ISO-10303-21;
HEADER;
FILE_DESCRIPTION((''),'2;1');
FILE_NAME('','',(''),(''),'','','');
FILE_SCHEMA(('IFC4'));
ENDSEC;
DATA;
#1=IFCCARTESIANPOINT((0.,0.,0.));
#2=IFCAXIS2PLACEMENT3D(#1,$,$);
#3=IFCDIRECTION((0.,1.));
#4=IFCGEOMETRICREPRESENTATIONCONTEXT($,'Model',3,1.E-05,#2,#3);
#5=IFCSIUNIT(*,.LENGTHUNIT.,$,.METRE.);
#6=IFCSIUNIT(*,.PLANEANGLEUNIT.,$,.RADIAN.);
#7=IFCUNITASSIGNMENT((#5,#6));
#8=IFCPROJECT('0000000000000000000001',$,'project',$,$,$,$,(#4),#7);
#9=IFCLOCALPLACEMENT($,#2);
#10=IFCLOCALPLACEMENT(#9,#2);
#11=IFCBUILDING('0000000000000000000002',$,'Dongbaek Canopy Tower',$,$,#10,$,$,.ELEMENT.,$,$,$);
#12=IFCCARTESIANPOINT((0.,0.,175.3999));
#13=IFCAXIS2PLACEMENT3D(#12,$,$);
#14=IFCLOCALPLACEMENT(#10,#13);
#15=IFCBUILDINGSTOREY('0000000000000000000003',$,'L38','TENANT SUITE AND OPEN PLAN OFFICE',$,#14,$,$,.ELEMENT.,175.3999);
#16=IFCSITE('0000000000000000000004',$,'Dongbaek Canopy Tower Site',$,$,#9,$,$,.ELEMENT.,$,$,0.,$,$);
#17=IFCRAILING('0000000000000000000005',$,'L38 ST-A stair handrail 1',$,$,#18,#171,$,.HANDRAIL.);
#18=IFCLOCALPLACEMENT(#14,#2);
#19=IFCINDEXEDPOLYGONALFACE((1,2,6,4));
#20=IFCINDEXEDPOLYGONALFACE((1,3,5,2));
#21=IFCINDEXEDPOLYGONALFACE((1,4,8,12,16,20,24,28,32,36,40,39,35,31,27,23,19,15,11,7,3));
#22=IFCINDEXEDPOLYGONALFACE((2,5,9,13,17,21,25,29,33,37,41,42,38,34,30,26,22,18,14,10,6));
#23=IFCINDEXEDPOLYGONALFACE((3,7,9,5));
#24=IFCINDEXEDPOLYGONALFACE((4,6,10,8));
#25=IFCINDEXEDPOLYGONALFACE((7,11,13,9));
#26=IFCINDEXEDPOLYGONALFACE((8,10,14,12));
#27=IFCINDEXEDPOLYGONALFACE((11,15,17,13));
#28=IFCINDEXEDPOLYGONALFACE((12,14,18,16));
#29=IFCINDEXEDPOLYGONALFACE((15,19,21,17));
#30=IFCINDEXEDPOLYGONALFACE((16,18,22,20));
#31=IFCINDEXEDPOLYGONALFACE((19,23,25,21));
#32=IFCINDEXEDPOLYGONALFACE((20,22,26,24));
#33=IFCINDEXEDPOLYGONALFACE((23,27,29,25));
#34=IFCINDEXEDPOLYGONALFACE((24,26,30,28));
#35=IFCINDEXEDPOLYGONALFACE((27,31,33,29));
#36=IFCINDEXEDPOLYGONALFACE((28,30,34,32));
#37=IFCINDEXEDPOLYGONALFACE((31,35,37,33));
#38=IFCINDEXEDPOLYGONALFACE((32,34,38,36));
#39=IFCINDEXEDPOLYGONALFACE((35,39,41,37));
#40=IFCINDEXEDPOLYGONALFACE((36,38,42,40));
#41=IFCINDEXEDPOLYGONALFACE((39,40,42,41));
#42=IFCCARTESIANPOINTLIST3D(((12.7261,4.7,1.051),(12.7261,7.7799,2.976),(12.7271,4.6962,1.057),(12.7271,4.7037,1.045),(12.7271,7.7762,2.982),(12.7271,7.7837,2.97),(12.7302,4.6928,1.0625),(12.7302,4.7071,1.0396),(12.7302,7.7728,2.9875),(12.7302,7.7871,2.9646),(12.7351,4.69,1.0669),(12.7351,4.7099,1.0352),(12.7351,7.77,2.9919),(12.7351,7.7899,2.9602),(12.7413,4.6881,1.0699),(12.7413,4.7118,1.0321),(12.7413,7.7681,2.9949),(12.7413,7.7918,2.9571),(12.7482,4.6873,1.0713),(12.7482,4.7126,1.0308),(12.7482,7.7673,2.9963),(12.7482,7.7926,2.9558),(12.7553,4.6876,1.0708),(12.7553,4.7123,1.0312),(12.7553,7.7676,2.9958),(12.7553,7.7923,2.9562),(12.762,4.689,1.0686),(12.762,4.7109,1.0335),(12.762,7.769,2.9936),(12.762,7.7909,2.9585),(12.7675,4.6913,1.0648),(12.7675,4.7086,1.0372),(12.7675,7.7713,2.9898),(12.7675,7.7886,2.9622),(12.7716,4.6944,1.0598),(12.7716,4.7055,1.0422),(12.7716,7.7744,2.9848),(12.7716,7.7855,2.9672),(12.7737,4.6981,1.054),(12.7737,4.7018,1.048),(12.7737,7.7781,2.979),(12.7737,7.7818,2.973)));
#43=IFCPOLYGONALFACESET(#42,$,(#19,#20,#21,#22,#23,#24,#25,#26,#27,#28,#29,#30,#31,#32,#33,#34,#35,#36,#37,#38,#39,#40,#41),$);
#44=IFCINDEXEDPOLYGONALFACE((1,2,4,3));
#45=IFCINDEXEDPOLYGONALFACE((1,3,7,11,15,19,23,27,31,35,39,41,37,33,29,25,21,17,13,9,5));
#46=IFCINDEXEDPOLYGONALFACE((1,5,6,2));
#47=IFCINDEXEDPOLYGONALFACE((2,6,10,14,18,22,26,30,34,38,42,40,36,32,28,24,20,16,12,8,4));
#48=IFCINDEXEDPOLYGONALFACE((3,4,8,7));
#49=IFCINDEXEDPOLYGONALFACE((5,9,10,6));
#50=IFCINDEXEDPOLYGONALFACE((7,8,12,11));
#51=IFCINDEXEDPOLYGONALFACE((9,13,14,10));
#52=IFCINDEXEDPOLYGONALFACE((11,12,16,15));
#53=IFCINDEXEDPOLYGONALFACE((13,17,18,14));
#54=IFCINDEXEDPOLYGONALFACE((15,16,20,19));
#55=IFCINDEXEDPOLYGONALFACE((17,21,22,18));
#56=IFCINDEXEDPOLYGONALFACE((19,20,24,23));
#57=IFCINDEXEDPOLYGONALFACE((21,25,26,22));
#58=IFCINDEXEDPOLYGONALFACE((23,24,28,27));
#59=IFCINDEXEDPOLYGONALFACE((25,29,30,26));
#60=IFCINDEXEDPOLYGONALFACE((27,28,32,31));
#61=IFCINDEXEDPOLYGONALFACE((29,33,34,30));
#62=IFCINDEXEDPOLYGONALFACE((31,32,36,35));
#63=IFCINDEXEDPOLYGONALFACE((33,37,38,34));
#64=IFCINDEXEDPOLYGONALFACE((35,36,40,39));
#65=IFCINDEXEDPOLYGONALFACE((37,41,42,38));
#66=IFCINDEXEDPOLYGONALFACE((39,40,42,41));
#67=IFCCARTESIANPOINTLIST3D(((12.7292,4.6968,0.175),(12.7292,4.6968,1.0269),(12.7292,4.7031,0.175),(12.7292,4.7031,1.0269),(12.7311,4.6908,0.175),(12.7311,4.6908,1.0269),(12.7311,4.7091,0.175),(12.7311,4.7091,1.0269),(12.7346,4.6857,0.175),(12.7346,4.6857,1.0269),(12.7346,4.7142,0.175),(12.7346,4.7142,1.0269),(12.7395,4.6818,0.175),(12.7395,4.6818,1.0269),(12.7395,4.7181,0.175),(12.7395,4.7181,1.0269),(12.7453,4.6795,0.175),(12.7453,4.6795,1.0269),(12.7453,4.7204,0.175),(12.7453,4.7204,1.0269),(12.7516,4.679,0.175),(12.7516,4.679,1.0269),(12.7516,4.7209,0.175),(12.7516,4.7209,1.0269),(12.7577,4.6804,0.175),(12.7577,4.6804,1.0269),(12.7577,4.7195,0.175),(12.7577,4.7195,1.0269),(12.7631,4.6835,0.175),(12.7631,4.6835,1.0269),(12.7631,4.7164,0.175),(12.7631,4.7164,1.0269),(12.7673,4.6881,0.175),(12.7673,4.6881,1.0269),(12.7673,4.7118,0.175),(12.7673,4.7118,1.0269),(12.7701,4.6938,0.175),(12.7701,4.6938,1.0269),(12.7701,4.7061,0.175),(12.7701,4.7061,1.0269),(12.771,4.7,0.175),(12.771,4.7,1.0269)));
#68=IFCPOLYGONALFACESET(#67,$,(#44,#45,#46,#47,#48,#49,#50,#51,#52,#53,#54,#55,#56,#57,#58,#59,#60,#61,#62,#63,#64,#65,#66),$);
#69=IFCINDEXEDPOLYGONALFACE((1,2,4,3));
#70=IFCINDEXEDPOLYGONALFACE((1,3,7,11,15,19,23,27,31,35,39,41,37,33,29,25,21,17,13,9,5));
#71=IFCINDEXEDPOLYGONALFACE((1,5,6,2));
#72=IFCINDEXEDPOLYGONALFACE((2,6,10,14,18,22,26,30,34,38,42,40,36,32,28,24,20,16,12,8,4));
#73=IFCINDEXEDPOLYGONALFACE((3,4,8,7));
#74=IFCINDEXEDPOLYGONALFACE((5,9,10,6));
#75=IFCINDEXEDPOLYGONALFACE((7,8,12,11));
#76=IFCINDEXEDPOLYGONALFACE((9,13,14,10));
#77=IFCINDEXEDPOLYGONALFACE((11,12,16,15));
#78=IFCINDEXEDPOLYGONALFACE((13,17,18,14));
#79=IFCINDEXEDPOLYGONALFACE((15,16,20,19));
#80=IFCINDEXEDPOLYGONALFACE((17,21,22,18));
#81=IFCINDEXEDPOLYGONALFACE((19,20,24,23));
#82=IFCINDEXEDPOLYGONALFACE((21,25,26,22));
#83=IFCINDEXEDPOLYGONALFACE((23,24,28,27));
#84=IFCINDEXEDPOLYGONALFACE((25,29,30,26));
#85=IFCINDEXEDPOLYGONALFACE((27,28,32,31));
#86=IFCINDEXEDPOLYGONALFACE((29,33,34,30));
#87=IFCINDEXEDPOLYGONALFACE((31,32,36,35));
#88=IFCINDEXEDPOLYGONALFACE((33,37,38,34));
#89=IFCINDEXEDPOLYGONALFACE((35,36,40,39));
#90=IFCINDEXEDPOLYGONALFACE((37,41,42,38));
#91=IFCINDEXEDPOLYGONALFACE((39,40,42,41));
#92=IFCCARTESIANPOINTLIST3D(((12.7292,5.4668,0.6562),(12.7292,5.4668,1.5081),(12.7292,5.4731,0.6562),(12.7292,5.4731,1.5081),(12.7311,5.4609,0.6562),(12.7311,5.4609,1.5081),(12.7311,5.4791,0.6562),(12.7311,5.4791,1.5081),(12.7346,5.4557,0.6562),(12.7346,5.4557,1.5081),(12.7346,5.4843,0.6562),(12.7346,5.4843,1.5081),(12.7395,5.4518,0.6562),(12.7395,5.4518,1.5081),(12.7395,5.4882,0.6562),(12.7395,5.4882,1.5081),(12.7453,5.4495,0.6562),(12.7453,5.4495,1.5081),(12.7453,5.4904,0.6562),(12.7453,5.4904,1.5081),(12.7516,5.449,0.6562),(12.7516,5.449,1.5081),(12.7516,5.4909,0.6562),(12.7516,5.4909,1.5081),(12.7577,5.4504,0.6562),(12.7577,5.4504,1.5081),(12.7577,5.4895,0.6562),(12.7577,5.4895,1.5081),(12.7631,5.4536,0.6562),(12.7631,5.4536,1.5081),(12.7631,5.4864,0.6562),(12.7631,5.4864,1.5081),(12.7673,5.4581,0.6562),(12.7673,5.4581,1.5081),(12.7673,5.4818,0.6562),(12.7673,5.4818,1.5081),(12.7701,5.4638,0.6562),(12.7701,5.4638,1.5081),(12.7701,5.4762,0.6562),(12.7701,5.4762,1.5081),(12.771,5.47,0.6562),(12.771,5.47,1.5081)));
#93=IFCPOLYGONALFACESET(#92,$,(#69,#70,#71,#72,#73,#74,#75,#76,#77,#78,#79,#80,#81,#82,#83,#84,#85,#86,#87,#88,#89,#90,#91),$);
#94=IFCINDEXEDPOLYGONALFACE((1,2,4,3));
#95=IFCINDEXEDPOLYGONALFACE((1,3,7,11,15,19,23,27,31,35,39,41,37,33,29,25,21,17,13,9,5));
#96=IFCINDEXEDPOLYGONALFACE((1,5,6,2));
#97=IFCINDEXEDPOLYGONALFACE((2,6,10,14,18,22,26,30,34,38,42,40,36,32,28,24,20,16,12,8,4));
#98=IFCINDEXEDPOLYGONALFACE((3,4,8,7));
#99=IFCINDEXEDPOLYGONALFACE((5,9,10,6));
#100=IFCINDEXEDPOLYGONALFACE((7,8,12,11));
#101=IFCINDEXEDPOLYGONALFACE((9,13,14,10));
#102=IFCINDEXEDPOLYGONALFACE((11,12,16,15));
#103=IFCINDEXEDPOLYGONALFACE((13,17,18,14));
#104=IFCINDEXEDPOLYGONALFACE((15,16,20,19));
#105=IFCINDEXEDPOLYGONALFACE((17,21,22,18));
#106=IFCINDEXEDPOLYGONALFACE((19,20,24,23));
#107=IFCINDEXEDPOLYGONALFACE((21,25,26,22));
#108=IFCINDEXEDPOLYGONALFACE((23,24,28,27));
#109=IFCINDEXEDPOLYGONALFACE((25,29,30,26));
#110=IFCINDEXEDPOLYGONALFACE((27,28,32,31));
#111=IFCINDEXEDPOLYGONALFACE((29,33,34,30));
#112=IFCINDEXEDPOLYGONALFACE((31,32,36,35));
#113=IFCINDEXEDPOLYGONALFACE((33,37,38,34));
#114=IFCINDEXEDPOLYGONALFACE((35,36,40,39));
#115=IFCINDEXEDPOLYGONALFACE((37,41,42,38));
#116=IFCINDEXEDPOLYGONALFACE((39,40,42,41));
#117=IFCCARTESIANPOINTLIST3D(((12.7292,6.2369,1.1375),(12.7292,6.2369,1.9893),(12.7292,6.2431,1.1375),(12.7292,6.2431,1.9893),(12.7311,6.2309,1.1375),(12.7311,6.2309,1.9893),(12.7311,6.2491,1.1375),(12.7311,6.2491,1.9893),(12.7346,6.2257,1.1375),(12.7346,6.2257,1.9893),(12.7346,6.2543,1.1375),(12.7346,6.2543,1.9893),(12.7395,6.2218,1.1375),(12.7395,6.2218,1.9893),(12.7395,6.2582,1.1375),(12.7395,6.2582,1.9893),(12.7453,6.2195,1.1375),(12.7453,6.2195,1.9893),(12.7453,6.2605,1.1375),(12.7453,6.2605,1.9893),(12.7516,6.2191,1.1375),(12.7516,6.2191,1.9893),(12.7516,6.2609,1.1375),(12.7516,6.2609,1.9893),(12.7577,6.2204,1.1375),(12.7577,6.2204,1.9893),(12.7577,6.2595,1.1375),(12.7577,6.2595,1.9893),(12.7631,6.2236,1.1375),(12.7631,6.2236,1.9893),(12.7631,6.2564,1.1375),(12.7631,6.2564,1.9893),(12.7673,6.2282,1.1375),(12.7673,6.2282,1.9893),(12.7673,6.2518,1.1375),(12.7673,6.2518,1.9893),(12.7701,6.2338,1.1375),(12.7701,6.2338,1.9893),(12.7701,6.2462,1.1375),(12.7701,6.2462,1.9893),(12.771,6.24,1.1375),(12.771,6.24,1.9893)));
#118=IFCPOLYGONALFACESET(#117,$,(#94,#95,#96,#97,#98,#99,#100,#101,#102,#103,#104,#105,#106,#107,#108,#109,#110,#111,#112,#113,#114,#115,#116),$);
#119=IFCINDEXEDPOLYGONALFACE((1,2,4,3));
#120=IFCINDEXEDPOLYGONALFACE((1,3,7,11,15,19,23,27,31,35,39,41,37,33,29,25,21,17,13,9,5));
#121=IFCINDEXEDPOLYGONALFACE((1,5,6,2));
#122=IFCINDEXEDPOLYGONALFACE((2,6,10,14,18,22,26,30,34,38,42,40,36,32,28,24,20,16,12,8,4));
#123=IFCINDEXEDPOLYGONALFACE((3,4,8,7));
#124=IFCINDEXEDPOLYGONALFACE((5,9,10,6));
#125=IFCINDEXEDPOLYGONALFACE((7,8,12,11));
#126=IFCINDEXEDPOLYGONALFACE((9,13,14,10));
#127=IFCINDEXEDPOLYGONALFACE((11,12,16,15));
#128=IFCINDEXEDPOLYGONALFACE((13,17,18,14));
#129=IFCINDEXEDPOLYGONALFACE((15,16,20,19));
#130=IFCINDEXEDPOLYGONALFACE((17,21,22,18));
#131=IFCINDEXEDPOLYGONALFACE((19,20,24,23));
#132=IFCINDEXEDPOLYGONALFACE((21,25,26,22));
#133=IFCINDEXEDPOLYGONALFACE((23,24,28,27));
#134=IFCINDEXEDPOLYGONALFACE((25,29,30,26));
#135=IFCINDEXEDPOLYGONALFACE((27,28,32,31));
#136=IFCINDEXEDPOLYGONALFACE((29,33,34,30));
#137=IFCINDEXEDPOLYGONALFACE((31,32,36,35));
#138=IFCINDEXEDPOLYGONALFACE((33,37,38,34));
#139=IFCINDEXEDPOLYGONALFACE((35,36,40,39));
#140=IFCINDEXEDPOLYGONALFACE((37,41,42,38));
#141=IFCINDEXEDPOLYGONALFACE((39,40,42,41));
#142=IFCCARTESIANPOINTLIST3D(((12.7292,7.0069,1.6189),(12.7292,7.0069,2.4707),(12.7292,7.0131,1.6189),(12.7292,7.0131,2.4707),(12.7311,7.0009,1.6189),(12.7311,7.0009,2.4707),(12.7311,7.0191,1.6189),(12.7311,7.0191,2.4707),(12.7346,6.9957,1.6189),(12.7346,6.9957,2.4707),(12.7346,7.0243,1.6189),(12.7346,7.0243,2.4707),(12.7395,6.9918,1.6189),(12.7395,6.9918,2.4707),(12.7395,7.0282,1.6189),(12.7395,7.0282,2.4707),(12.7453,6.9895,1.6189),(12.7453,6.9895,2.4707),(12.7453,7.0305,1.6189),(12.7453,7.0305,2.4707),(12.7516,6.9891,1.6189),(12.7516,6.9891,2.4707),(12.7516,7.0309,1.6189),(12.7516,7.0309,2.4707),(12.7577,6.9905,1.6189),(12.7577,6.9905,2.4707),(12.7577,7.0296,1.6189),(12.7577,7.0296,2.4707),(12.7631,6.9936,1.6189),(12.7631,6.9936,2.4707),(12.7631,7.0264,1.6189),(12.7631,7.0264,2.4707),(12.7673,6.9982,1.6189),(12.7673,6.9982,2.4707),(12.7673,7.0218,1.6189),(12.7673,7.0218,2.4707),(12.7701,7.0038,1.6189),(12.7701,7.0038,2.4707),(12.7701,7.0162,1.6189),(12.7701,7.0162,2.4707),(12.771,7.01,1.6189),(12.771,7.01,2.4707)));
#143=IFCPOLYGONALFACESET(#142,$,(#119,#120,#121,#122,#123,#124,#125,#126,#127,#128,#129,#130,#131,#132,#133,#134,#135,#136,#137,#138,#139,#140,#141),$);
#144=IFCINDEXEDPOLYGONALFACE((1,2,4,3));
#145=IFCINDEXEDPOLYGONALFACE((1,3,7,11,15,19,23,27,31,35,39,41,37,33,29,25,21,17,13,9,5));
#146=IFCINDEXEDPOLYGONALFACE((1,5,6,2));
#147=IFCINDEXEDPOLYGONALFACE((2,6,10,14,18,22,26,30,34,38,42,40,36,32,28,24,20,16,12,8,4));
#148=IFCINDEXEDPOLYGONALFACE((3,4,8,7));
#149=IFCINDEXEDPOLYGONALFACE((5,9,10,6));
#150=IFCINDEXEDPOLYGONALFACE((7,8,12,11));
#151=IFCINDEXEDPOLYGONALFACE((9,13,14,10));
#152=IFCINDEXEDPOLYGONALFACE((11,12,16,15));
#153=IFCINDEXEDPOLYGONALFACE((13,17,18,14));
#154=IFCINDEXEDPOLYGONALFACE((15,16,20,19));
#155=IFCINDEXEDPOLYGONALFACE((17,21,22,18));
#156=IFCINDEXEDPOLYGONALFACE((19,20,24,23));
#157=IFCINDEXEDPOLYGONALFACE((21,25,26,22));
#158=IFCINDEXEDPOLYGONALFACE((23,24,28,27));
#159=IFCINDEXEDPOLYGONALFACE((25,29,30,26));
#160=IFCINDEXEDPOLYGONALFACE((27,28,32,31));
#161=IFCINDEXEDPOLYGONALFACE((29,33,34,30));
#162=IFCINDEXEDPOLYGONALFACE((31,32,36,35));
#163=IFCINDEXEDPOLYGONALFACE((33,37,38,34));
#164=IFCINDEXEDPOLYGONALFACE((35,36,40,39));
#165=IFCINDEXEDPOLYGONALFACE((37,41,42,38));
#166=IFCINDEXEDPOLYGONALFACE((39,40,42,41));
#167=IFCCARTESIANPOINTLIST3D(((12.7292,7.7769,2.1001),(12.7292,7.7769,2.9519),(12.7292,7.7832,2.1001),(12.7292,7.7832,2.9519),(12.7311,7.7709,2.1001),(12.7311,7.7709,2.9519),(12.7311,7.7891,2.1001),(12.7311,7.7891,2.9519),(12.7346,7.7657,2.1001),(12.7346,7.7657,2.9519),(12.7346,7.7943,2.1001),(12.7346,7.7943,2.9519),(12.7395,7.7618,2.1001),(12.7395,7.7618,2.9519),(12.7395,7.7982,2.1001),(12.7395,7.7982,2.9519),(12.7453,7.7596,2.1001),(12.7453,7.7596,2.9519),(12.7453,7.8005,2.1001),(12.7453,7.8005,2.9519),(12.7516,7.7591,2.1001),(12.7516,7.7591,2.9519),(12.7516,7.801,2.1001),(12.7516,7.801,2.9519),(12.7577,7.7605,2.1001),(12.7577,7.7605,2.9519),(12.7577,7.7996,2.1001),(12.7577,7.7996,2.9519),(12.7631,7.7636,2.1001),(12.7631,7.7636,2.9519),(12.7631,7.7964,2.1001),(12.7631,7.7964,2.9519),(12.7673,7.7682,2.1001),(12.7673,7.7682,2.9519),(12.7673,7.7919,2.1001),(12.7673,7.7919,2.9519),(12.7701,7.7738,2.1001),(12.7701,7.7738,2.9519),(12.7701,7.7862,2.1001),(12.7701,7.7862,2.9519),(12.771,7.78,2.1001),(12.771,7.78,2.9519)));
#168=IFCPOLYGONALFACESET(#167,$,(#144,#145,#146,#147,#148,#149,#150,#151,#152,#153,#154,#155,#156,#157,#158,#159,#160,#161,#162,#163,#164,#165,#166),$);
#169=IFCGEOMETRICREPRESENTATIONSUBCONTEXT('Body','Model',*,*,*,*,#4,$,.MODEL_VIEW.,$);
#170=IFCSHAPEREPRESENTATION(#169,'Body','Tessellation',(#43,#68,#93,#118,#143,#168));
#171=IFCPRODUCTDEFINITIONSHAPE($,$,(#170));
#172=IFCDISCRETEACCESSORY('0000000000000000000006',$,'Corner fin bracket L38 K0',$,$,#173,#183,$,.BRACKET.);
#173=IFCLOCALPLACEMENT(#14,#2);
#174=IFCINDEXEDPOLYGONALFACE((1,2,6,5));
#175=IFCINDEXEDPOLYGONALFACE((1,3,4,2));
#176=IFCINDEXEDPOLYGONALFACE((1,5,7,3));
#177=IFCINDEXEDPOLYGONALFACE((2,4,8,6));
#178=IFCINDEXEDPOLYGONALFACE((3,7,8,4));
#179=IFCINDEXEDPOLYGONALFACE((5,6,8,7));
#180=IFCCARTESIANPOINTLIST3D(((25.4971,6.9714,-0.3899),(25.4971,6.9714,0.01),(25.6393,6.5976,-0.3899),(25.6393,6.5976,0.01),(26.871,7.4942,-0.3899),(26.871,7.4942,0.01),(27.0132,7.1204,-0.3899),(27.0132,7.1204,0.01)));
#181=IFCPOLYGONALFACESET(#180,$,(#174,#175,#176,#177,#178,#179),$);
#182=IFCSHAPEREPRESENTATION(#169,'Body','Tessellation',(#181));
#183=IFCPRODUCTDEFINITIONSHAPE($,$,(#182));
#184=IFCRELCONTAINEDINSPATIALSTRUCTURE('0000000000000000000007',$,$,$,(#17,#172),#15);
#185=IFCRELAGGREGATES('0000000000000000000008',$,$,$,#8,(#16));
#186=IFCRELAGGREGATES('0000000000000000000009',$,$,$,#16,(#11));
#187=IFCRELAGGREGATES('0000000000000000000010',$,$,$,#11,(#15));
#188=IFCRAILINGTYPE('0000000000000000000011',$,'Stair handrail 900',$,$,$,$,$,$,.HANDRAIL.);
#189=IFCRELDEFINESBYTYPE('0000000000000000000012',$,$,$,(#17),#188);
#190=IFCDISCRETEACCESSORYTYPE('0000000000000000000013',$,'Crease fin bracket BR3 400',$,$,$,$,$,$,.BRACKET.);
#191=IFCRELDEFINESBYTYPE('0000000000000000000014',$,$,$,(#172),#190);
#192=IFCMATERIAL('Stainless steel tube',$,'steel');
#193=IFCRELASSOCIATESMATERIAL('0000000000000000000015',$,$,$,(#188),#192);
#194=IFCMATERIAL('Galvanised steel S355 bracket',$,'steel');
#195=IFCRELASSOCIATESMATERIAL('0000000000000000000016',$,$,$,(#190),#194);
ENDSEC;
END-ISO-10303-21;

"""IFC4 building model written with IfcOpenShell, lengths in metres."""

from ifc_helpers import new_model, si_unit, direction, frame, origin, origin_2d, place, context, subcontext, project, spatial, rectangle, circle, extrude, material, type_object, element, save


model = new_model("IFC4")

# Units and contexts
model_context = context("Model", 3, precision=1e-05, world=origin(), true_north=direction((0.0, 1.0)))
body_context = subcontext(model_context, "Body", "Model", "MODEL_VIEW")
ifc_project = project(units=[si_unit("LENGTHUNIT", "METRE"), si_unit("PLANEANGLEUNIT", "RADIAN")], contexts=[model_context])

# Site, building, storey
site_placement = place(None, origin())
site = spatial("IfcSite", under=ifc_project, at=site_placement, Name="Dongbaek Canopy Tower Site", CompositionType="ELEMENT", RefElevation=0.0)
building_placement = place(site_placement, origin())
building = spatial("IfcBuilding", under=site, at=building_placement, Name="Dongbaek Canopy Tower", CompositionType="ELEMENT")
storey_placement = place(building_placement, frame((0.0, 0.0, 175.3999)))
storey = spatial("IfcBuildingStorey", under=building, at=storey_placement, Name="L38", Description="TENANT SUITE AND OPEN PLAN OFFICE", CompositionType="ELEMENT", Elevation=175.3999)

# Railing
ifc_material_1 = material(Name="Stainless steel tube", Category="steel")
railing_type = type_object("IfcRailingType", Name="Stair handrail 900", PredefinedType="HANDRAIL", material=ifc_material_1)
railing_placement = place(storey_placement, frame((12.75, 4.7, 0.175)))
element("IfcRailing", 1, at=railing_placement, inside=storey, type_object=railing_type, Name="L38 ST-A stair handrail 1", PredefinedType="HANDRAIL", context=body_context, shape_type="SweptSolid", body=[
    extrude(circle(Radius=0.0239, at=origin_2d()), frame((0.0, 0.0, 0.876), z_axis=(0.0, 0.847998, 0.529999), x_axis=(-1.0, 0.0, 0.0)), (0.0, 0.0, 1.0), 3.6321),
    extrude(circle(Radius=0.021, at=origin_2d()), origin(), (0.0, 0.0, 1.0), 0.8518),
    extrude(circle(Radius=0.021, at=origin_2d()), frame((0.0, 0.77, 0.4812)), (0.0, 0.0, 1.0), 0.8518),
    extrude(circle(Radius=0.021, at=origin_2d()), frame((0.0, 1.54, 0.9624)), (0.0, 0.0, 1.0), 0.8518),
    extrude(circle(Radius=0.021, at=origin_2d()), frame((0.0, 2.3101, 1.4438)), (0.0, 0.0, 1.0), 0.8518),
    extrude(circle(Radius=0.021, at=origin_2d()), frame((0.0, 3.0801, 1.925)), (0.0, 0.0, 1.0), 0.8518),
])

# Discrete accessory
ifc_material_2 = material(Name="Galvanised steel S355 bracket", Category="steel")
discrete_accessory_type = type_object("IfcDiscreteAccessoryType", Name="Crease fin bracket BR3 400", PredefinedType="BRACKET", material=ifc_material_2)
discrete_accessory_placement = place(storey_placement, frame((26.2551, 7.0459, -0.3899), z_axis=(0.0, 0.0, 1.0), x_axis=(0.934627, 0.355629, 0.0)))
element("IfcDiscreteAccessory", 2, at=discrete_accessory_placement, inside=storey, type_object=discrete_accessory_type, Name="Corner fin bracket L38 K0", PredefinedType="BRACKET", context=body_context, shape_type="SweptSolid", body=[
    extrude(rectangle(XDim=1.47, YDim=0.3999, at=origin_2d()), origin(), (0.0, 0.0, 1.0), 0.3999),
])

save(model, "model.ifc")
